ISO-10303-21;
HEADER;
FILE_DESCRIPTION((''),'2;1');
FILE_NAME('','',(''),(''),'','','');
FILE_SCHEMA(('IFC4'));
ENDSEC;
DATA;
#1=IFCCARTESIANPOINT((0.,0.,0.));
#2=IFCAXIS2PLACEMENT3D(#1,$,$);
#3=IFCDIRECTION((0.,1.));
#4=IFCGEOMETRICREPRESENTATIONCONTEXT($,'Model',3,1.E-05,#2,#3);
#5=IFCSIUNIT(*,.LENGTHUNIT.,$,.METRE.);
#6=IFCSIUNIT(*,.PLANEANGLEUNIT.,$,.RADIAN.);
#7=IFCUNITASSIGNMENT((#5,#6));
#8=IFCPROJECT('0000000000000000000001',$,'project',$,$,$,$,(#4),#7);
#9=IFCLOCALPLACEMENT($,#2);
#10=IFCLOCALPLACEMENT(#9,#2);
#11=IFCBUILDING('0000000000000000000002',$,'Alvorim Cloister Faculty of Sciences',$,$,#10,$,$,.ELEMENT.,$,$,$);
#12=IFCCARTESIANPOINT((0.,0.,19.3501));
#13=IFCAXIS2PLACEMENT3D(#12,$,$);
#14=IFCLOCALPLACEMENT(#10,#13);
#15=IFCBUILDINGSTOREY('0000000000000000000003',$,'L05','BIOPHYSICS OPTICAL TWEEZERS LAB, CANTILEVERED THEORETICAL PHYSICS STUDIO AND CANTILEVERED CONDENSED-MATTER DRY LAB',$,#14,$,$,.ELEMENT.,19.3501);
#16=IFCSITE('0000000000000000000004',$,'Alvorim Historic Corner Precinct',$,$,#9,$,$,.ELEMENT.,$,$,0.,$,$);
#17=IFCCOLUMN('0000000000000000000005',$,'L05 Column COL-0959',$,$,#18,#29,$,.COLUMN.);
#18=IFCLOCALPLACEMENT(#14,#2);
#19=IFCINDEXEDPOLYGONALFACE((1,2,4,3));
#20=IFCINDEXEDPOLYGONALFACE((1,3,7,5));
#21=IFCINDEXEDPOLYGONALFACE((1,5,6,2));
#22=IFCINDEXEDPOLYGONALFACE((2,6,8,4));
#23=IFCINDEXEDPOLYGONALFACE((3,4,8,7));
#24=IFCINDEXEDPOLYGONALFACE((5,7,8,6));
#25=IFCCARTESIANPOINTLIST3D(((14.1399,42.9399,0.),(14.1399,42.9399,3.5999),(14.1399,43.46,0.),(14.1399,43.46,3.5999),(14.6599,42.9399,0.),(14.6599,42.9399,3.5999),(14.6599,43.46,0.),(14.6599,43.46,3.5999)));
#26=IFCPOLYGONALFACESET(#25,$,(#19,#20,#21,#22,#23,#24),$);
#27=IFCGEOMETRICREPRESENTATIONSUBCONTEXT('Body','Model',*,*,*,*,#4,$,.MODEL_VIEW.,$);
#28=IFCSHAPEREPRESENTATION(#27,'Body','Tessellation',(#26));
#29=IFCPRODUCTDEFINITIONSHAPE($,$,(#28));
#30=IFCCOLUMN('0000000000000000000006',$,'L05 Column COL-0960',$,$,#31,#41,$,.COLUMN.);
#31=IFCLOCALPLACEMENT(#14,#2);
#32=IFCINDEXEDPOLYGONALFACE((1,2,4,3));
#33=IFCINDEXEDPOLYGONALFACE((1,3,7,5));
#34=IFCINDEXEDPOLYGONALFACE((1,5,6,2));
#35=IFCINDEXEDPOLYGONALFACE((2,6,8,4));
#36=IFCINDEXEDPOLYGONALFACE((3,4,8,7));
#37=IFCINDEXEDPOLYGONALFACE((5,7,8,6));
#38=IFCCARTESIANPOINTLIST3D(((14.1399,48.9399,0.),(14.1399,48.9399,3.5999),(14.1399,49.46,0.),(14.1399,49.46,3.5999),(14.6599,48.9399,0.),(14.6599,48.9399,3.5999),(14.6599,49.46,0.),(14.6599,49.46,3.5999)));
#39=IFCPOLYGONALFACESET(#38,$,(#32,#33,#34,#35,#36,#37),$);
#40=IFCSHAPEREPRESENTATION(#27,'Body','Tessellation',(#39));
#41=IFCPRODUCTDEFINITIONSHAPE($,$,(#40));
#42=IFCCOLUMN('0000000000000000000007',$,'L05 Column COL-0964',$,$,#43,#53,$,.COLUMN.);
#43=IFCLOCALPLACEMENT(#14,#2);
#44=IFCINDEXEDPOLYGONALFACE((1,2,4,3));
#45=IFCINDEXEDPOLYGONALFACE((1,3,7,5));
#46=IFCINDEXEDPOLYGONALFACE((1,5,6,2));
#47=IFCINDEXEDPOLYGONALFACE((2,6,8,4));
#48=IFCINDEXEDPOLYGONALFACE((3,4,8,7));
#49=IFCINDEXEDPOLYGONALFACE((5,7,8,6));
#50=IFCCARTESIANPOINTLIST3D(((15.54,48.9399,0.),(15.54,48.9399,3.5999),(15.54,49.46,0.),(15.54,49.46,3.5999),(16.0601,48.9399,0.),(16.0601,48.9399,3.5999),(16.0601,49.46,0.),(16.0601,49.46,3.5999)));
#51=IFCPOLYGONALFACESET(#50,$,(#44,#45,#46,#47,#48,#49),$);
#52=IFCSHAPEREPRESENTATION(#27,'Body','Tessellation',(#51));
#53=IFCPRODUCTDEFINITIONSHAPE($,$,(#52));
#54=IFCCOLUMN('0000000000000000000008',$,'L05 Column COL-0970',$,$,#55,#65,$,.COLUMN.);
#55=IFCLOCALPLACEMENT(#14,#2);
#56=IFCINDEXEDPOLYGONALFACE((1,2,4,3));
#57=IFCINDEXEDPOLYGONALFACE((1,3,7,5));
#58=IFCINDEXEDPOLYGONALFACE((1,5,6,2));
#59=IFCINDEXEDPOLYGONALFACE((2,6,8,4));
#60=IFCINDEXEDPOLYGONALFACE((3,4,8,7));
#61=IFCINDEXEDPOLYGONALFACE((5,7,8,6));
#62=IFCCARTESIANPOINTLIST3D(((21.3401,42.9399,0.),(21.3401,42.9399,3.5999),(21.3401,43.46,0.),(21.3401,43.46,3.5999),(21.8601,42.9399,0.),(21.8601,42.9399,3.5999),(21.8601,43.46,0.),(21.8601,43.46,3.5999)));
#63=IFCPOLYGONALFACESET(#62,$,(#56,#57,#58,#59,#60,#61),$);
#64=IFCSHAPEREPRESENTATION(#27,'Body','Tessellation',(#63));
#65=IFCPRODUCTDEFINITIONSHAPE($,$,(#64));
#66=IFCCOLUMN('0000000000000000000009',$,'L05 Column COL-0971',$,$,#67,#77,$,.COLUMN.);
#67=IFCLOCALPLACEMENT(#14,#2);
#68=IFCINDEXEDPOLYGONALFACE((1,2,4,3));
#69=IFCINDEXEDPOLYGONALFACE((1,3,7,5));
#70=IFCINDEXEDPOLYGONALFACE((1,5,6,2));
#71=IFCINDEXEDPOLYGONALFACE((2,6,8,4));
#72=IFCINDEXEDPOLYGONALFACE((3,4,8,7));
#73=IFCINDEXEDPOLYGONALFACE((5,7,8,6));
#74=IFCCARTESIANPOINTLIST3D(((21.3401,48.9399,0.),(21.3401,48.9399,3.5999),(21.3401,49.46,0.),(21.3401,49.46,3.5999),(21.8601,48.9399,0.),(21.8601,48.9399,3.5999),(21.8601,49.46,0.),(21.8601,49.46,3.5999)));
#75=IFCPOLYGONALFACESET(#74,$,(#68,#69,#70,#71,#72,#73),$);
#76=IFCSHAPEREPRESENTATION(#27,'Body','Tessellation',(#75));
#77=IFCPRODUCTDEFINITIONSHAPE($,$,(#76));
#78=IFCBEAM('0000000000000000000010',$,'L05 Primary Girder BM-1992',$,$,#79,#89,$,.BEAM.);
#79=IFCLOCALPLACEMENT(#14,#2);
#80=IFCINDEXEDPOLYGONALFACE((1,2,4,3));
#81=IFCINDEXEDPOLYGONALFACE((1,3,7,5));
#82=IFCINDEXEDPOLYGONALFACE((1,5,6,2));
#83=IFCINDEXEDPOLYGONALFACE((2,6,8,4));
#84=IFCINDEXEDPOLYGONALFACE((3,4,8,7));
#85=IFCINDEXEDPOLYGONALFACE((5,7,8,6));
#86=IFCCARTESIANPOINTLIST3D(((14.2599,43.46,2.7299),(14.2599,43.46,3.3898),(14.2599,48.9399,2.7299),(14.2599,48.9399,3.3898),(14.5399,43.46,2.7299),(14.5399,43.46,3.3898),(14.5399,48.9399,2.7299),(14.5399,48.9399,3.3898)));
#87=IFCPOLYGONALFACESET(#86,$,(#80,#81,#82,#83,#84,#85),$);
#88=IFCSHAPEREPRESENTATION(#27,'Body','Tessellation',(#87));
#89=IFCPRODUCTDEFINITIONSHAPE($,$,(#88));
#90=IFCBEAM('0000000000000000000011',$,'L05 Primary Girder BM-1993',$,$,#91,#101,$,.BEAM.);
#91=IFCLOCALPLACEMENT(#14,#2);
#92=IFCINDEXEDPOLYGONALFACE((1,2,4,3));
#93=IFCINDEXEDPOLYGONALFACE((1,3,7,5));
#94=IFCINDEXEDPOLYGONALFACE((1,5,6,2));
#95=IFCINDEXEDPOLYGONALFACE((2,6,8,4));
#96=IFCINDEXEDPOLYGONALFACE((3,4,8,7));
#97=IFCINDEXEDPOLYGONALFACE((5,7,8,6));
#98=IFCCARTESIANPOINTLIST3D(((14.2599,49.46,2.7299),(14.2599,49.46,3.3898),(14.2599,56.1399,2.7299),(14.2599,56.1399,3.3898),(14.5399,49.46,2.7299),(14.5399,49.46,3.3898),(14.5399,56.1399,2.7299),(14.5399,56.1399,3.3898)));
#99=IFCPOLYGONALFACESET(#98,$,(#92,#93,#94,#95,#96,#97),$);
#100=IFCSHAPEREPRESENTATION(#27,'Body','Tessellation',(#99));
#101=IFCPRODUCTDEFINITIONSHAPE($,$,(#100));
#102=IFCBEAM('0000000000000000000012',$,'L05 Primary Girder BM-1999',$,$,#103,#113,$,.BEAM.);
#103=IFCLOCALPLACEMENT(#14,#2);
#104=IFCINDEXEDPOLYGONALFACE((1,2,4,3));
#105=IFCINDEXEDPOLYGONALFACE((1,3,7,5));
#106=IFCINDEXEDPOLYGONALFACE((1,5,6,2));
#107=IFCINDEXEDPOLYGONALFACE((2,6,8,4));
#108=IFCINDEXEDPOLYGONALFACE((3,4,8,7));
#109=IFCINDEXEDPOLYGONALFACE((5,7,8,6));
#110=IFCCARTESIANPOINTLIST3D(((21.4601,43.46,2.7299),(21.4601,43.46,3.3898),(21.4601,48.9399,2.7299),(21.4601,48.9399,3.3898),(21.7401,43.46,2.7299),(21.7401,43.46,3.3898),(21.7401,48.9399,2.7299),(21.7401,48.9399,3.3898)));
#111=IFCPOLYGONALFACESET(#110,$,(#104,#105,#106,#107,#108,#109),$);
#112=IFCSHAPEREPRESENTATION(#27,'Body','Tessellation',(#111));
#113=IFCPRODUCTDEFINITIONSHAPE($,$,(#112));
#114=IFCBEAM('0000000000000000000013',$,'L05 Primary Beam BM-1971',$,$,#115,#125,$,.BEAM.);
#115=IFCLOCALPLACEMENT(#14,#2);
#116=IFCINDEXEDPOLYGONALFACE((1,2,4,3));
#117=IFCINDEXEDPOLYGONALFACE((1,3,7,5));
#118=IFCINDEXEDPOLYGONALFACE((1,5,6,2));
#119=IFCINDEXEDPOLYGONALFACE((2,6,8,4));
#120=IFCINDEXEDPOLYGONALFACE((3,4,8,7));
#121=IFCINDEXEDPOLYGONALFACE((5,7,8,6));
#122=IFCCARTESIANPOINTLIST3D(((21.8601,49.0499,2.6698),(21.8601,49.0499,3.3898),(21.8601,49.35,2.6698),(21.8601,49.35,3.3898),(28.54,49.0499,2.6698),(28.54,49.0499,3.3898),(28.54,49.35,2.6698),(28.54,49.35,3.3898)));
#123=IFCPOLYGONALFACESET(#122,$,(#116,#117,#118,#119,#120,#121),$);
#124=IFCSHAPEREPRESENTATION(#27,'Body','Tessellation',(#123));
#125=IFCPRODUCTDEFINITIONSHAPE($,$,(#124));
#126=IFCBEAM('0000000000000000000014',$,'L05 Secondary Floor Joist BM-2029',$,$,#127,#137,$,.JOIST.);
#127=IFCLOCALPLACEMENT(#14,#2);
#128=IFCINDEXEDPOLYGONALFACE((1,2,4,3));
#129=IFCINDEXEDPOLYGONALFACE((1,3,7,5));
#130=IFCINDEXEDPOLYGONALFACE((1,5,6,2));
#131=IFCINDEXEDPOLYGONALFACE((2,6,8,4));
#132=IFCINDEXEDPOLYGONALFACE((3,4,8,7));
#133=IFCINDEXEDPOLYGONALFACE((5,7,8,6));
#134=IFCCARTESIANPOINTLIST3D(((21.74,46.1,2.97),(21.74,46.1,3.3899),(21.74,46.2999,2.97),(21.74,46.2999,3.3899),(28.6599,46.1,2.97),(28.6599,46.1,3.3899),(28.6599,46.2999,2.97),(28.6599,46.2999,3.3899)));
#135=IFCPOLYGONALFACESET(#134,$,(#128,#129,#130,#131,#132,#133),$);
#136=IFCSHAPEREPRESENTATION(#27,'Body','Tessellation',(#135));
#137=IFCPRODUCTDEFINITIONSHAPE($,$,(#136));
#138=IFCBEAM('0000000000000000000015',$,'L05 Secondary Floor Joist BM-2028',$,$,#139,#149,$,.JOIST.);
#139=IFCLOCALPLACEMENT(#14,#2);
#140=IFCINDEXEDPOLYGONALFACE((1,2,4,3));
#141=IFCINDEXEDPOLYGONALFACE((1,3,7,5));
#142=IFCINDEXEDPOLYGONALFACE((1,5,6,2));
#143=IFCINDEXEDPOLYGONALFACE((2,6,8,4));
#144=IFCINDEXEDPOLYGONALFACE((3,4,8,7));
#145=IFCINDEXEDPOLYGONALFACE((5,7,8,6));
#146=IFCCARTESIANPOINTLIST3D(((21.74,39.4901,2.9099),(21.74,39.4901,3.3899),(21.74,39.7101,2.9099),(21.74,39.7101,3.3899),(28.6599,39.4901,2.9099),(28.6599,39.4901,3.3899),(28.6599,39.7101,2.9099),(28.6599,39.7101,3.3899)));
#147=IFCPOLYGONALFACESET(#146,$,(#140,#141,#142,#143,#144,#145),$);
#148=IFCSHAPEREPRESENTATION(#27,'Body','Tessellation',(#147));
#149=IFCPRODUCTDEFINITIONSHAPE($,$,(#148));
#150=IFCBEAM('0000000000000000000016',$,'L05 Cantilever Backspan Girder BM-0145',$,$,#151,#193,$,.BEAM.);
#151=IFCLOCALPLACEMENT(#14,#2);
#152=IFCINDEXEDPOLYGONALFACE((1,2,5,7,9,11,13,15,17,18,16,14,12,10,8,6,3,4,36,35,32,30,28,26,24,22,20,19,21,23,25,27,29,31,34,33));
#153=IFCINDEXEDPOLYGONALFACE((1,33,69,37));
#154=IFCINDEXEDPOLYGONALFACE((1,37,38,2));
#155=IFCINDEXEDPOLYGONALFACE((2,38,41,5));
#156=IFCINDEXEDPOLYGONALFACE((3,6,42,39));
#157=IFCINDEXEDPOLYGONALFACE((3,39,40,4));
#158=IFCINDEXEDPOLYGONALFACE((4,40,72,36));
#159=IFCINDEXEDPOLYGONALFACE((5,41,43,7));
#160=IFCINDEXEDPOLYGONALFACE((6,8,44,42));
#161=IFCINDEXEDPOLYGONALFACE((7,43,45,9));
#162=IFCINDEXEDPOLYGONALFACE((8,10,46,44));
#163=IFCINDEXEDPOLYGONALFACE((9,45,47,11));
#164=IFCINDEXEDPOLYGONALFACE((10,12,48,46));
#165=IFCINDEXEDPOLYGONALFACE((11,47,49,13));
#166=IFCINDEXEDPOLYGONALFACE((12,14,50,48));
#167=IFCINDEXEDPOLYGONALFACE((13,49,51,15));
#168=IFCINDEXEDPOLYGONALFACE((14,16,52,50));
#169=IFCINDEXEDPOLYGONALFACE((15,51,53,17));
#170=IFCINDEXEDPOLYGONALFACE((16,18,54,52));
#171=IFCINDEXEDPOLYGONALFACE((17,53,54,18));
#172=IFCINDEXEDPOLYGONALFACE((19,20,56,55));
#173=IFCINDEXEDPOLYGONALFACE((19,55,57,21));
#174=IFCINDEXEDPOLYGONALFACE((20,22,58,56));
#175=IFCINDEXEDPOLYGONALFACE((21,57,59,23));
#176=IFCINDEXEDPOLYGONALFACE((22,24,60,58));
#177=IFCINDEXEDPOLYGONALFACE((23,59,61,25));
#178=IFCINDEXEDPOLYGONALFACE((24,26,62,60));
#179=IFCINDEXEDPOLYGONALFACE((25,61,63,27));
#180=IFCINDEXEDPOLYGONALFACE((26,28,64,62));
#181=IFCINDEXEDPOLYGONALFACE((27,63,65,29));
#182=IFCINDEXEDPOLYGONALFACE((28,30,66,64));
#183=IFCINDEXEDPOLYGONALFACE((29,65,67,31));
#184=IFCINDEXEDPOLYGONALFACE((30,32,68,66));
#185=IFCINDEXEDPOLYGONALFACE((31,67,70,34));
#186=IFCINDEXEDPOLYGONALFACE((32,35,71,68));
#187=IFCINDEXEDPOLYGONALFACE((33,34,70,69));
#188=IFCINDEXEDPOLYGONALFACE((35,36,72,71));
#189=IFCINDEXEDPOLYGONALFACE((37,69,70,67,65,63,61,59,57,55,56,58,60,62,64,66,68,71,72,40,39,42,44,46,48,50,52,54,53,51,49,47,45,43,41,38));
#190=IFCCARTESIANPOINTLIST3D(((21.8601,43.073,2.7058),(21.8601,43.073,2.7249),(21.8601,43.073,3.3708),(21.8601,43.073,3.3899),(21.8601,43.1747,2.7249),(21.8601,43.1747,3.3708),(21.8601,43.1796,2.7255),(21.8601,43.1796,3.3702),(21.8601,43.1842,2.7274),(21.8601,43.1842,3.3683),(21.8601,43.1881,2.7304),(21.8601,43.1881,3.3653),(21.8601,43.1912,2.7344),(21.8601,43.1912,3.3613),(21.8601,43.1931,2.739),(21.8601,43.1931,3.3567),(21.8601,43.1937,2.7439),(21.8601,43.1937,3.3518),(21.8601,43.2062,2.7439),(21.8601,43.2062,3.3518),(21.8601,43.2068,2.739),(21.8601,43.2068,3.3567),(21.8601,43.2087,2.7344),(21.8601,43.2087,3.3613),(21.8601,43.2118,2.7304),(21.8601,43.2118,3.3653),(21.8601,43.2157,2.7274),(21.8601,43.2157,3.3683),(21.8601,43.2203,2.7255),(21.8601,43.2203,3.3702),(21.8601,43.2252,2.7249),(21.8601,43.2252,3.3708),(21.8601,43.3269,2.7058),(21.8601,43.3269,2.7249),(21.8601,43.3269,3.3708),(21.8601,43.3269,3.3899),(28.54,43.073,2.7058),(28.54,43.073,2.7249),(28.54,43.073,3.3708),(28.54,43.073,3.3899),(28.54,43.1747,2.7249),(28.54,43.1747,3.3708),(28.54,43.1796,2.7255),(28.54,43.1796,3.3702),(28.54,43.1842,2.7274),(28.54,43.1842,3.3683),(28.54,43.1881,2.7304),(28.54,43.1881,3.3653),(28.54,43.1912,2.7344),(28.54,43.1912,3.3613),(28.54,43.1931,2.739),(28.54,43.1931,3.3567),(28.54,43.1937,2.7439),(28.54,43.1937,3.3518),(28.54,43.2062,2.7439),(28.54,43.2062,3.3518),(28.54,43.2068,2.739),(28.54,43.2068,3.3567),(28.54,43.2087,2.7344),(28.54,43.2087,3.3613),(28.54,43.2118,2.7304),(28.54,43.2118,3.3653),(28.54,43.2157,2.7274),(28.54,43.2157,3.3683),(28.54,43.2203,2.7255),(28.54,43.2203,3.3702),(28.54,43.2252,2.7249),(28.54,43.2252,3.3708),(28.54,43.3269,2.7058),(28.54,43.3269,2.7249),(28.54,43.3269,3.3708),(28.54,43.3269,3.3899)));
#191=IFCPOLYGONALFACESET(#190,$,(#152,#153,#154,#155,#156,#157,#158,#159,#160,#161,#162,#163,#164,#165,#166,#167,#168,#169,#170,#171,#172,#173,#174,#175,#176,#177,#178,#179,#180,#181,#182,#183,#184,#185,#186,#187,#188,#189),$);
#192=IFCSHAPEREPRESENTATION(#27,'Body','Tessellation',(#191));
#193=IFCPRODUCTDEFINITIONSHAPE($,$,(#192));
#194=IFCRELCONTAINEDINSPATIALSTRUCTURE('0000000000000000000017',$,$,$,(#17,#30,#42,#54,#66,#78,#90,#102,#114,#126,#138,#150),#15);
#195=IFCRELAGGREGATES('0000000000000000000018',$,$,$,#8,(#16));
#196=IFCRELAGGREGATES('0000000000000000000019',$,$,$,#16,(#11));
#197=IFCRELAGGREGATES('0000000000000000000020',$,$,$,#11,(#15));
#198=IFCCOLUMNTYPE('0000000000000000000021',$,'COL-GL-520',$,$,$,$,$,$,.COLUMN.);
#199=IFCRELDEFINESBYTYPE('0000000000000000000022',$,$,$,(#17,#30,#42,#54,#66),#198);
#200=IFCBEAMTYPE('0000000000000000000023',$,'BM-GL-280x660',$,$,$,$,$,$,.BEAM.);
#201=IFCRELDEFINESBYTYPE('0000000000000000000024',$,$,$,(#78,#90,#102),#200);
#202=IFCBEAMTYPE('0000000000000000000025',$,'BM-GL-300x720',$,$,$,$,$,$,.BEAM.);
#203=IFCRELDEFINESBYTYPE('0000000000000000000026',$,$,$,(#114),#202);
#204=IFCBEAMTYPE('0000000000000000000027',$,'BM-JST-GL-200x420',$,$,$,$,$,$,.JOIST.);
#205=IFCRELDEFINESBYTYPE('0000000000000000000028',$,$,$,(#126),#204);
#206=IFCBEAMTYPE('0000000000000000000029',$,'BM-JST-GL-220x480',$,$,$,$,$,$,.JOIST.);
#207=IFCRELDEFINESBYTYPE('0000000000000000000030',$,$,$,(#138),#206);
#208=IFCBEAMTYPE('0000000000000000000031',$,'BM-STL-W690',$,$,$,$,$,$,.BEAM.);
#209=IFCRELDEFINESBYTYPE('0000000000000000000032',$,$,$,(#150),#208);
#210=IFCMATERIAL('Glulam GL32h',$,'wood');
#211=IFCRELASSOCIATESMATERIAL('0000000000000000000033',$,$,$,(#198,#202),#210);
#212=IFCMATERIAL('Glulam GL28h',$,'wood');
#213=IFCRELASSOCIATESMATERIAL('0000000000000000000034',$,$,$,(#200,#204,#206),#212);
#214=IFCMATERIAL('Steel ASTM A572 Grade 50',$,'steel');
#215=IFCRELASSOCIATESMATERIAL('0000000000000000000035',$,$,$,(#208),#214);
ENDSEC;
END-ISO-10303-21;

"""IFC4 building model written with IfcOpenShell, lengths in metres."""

from ifc_helpers import new_model, si_unit, direction, frame, origin, origin_2d, place, context, subcontext, project, spatial, rectangle, i_section, extrude, material, material_profile, profile_set, type_object, element, save


model = new_model("IFC4")

# Units and contexts
model_context = context("Model", 3, precision=1e-05, world=origin(), true_north=direction((0.0, 1.0)))
body_context = subcontext(model_context, "Body", "Model", "MODEL_VIEW")
ifc_project = project(units=[si_unit("LENGTHUNIT", "METRE"), si_unit("PLANEANGLEUNIT", "RADIAN")], contexts=[model_context])

# Site, building, storey
site_placement = place(None, origin())
site = spatial("IfcSite", under=ifc_project, at=site_placement, Name="Alvorim Historic Corner Precinct", CompositionType="ELEMENT", RefElevation=0.0)
building_placement = place(site_placement, origin())
building = spatial("IfcBuilding", under=site, at=building_placement, Name="Alvorim Cloister Faculty of Sciences", CompositionType="ELEMENT")
storey_placement = place(building_placement, frame((0.0, 0.0, 19.3501)))
storey = spatial("IfcBuildingStorey", under=building, at=storey_placement, Name="L05", Description="BIOPHYSICS OPTICAL TWEEZERS LAB, CANTILEVERED THEORETICAL PHYSICS STUDIO AND CANTILEVERED CONDENSED-MATTER DRY LAB", CompositionType="ELEMENT", Elevation=19.3501)

# Columns
ifc_material_1 = material(Name="Glulam GL32h", Category="wood")
ifc_material_profile_1 = material_profile(ifc_material_1, rectangle(XDim=0.52, YDim=0.52, at=origin_2d()), Name="GL32-COL-520x520")
ifc_profile_set_1 = profile_set([ifc_material_profile_1], Name="Glulam GL32h")
column_type = type_object("IfcColumnType", Name="COL-GL-520", PredefinedType="COLUMN", material=ifc_profile_set_1)
for number, where, z_axis, x_axis, name in (
    (1, (14.3999, 43.2, 0.0), (0.0, 0.0, 1.0), (1.0, 0.0, 0.0), "L05 Column COL-0959"),
    (2, (14.3999, 49.2, 0.0), (0.0, 0.0, 1.0), (1.0, 0.0, 0.0), "L05 Column COL-0960"),
    (3, (15.8, 49.2, 0.0), (0.0, 0.0, 1.0), (1.0, 0.0, 0.0), "L05 Column COL-0964"),
    (4, (21.6001, 43.2, 0.0), (0.0, 0.0, 1.0), (1.0, 0.0, 0.0), "L05 Column COL-0970"),
    (5, (21.6001, 49.2, 0.0), (0.0, 0.0, 1.0), (1.0, 0.0, 0.0), "L05 Column COL-0971"),
):
    element("IfcColumn", number, at=place(storey_placement, frame(where, z_axis=z_axis, x_axis=x_axis)), inside=storey, type_object=column_type, Name=name, PredefinedType="COLUMN", context=body_context, shape_type="SweptSolid", body=[
        extrude(rectangle(XDim=0.52, YDim=0.52, at=origin_2d()), origin(), (0.0, 0.0, 1.0), 3.5999),
    ])

# Beams
ifc_material_2 = material(Name="Glulam GL28h", Category="wood")
ifc_material_profile_2 = material_profile(ifc_material_2, rectangle(XDim=0.28, YDim=0.6599, at=origin_2d()), Name="GL28-BM-280x660")
ifc_profile_set_2 = profile_set([ifc_material_profile_2], Name="Glulam GL28h")
beam_type_1 = type_object("IfcBeamType", Name="BM-GL-280x660", PredefinedType="BEAM", material=ifc_profile_set_2)
beam_1_placement = place(storey_placement, frame((14.3999, 43.46, 3.0598), z_axis=(0.0, 1.0, 0.0), x_axis=(-1.0, 0.0, 0.0)))
element("IfcBeam", 6, at=beam_1_placement, inside=storey, type_object=beam_type_1, Name="L05 Primary Girder BM-1992", PredefinedType="BEAM", context=body_context, shape_type="SweptSolid", body=[
    extrude(rectangle(XDim=0.28, YDim=0.6599, at=origin_2d()), origin(), (0.0, 0.0, 1.0), 5.48),
])
beam_2_placement = place(storey_placement, frame((14.3999, 49.46, 3.0598), z_axis=(0.0, 1.0, 0.0), x_axis=(-1.0, 0.0, 0.0)))
element("IfcBeam", 7, at=beam_2_placement, inside=storey, type_object=beam_type_1, Name="L05 Primary Girder BM-1993", PredefinedType="BEAM", context=body_context, shape_type="SweptSolid", body=[
    extrude(rectangle(XDim=0.28, YDim=0.6599, at=origin_2d()), origin(), (0.0, 0.0, 1.0), 6.6799),
])
beam_3_placement = place(storey_placement, frame((21.6001, 43.46, 3.0598), z_axis=(0.0, 1.0, 0.0), x_axis=(-1.0, 0.0, 0.0)))
element("IfcBeam", 8, at=beam_3_placement, inside=storey, type_object=beam_type_1, Name="L05 Primary Girder BM-1999", PredefinedType="BEAM", context=body_context, shape_type="SweptSolid", body=[
    extrude(rectangle(XDim=0.28, YDim=0.6599, at=origin_2d()), origin(), (0.0, 0.0, 1.0), 5.48),
])
ifc_material_profile_3 = material_profile(ifc_material_1, rectangle(XDim=0.3, YDim=0.72, at=origin_2d()), Name="GL32-BM-300x720")
ifc_profile_set_3 = profile_set([ifc_material_profile_3], Name="Glulam GL32h")
beam_type_2 = type_object("IfcBeamType", Name="BM-GL-300x720", PredefinedType="BEAM", material=ifc_profile_set_3)
beam_4_placement = place(storey_placement, frame((21.8601, 49.2, 3.0298), z_axis=(1.0, 0.0, 0.0), x_axis=(0.0, 1.0, 0.0)))
element("IfcBeam", 9, at=beam_4_placement, inside=storey, type_object=beam_type_2, Name="L05 Primary Beam BM-1971", PredefinedType="BEAM", context=body_context, shape_type="SweptSolid", body=[
    extrude(rectangle(XDim=0.3, YDim=0.72, at=origin_2d()), origin(), (0.0, 0.0, 1.0), 6.6799),
])
ifc_material_profile_4 = material_profile(ifc_material_2, rectangle(XDim=0.2, YDim=0.4199, at=origin_2d()), Name="GL28-JST-200x420")
ifc_profile_set_4 = profile_set([ifc_material_profile_4], Name="Glulam GL28h")
beam_type_3 = type_object("IfcBeamType", Name="BM-JST-GL-200x420", PredefinedType="JOIST", material=ifc_profile_set_4)
beam_5_placement = place(storey_placement, frame((21.74, 46.2, 3.1799), z_axis=(1.0, 0.0, 0.0), x_axis=(0.0, 1.0, 0.0)))
element("IfcBeam", 10, at=beam_5_placement, inside=storey, type_object=beam_type_3, Name="L05 Secondary Floor Joist BM-2029", PredefinedType="JOIST", context=body_context, shape_type="SweptSolid", body=[
    extrude(rectangle(XDim=0.2, YDim=0.4199, at=origin_2d()), origin(), (0.0, 0.0, 1.0), 6.9199),
])
ifc_material_profile_5 = material_profile(ifc_material_2, rectangle(XDim=0.22, YDim=0.48, at=origin_2d()), Name="GL28-JST-220x480")
ifc_profile_set_5 = profile_set([ifc_material_profile_5], Name="Glulam GL28h")
beam_type_4 = type_object("IfcBeamType", Name="BM-JST-GL-220x480", PredefinedType="JOIST", material=ifc_profile_set_5)
beam_6_placement = place(storey_placement, frame((21.74, 39.6001, 3.1499), z_axis=(1.0, 0.0, 0.0), x_axis=(0.0, 1.0, 0.0)))
element("IfcBeam", 11, at=beam_6_placement, inside=storey, type_object=beam_type_4, Name="L05 Secondary Floor Joist BM-2028", PredefinedType="JOIST", context=body_context, shape_type="SweptSolid", body=[
    extrude(rectangle(XDim=0.22, YDim=0.48, at=origin_2d()), origin(), (0.0, 0.0, 1.0), 6.9199),
])
ifc_material_3 = material(Name="Steel ASTM A572 Grade 50", Category="steel")
ifc_material_profile_6 = material_profile(ifc_material_3, i_section(OverallWidth=0.2539, OverallDepth=0.6841, WebThickness=0.0125, FlangeThickness=0.019, FilletRadius=0.019, at=origin_2d()), Name="W690x140.0")
ifc_profile_set_6 = profile_set([ifc_material_profile_6], Name="Steel ASTM A572 Grade 50")
beam_type_5 = type_object("IfcBeamType", Name="BM-STL-W690", PredefinedType="BEAM", material=ifc_profile_set_6)
beam_7_placement = place(storey_placement, frame((21.8601, 43.2, 3.0479), z_axis=(1.0, 0.0, 0.0), x_axis=(0.0, 1.0, 0.0)))
element("IfcBeam", 12, at=beam_7_placement, inside=storey, type_object=beam_type_5, Name="L05 Cantilever Backspan Girder BM-0145", PredefinedType="BEAM", context=body_context, shape_type="SweptSolid", body=[
    extrude(i_section(OverallWidth=0.2539, OverallDepth=0.6841, WebThickness=0.0125, FlangeThickness=0.019, FilletRadius=0.019, at=origin_2d()), origin(), (0.0, 0.0, 1.0), 6.6799),
])

save(model, "model.ifc")
